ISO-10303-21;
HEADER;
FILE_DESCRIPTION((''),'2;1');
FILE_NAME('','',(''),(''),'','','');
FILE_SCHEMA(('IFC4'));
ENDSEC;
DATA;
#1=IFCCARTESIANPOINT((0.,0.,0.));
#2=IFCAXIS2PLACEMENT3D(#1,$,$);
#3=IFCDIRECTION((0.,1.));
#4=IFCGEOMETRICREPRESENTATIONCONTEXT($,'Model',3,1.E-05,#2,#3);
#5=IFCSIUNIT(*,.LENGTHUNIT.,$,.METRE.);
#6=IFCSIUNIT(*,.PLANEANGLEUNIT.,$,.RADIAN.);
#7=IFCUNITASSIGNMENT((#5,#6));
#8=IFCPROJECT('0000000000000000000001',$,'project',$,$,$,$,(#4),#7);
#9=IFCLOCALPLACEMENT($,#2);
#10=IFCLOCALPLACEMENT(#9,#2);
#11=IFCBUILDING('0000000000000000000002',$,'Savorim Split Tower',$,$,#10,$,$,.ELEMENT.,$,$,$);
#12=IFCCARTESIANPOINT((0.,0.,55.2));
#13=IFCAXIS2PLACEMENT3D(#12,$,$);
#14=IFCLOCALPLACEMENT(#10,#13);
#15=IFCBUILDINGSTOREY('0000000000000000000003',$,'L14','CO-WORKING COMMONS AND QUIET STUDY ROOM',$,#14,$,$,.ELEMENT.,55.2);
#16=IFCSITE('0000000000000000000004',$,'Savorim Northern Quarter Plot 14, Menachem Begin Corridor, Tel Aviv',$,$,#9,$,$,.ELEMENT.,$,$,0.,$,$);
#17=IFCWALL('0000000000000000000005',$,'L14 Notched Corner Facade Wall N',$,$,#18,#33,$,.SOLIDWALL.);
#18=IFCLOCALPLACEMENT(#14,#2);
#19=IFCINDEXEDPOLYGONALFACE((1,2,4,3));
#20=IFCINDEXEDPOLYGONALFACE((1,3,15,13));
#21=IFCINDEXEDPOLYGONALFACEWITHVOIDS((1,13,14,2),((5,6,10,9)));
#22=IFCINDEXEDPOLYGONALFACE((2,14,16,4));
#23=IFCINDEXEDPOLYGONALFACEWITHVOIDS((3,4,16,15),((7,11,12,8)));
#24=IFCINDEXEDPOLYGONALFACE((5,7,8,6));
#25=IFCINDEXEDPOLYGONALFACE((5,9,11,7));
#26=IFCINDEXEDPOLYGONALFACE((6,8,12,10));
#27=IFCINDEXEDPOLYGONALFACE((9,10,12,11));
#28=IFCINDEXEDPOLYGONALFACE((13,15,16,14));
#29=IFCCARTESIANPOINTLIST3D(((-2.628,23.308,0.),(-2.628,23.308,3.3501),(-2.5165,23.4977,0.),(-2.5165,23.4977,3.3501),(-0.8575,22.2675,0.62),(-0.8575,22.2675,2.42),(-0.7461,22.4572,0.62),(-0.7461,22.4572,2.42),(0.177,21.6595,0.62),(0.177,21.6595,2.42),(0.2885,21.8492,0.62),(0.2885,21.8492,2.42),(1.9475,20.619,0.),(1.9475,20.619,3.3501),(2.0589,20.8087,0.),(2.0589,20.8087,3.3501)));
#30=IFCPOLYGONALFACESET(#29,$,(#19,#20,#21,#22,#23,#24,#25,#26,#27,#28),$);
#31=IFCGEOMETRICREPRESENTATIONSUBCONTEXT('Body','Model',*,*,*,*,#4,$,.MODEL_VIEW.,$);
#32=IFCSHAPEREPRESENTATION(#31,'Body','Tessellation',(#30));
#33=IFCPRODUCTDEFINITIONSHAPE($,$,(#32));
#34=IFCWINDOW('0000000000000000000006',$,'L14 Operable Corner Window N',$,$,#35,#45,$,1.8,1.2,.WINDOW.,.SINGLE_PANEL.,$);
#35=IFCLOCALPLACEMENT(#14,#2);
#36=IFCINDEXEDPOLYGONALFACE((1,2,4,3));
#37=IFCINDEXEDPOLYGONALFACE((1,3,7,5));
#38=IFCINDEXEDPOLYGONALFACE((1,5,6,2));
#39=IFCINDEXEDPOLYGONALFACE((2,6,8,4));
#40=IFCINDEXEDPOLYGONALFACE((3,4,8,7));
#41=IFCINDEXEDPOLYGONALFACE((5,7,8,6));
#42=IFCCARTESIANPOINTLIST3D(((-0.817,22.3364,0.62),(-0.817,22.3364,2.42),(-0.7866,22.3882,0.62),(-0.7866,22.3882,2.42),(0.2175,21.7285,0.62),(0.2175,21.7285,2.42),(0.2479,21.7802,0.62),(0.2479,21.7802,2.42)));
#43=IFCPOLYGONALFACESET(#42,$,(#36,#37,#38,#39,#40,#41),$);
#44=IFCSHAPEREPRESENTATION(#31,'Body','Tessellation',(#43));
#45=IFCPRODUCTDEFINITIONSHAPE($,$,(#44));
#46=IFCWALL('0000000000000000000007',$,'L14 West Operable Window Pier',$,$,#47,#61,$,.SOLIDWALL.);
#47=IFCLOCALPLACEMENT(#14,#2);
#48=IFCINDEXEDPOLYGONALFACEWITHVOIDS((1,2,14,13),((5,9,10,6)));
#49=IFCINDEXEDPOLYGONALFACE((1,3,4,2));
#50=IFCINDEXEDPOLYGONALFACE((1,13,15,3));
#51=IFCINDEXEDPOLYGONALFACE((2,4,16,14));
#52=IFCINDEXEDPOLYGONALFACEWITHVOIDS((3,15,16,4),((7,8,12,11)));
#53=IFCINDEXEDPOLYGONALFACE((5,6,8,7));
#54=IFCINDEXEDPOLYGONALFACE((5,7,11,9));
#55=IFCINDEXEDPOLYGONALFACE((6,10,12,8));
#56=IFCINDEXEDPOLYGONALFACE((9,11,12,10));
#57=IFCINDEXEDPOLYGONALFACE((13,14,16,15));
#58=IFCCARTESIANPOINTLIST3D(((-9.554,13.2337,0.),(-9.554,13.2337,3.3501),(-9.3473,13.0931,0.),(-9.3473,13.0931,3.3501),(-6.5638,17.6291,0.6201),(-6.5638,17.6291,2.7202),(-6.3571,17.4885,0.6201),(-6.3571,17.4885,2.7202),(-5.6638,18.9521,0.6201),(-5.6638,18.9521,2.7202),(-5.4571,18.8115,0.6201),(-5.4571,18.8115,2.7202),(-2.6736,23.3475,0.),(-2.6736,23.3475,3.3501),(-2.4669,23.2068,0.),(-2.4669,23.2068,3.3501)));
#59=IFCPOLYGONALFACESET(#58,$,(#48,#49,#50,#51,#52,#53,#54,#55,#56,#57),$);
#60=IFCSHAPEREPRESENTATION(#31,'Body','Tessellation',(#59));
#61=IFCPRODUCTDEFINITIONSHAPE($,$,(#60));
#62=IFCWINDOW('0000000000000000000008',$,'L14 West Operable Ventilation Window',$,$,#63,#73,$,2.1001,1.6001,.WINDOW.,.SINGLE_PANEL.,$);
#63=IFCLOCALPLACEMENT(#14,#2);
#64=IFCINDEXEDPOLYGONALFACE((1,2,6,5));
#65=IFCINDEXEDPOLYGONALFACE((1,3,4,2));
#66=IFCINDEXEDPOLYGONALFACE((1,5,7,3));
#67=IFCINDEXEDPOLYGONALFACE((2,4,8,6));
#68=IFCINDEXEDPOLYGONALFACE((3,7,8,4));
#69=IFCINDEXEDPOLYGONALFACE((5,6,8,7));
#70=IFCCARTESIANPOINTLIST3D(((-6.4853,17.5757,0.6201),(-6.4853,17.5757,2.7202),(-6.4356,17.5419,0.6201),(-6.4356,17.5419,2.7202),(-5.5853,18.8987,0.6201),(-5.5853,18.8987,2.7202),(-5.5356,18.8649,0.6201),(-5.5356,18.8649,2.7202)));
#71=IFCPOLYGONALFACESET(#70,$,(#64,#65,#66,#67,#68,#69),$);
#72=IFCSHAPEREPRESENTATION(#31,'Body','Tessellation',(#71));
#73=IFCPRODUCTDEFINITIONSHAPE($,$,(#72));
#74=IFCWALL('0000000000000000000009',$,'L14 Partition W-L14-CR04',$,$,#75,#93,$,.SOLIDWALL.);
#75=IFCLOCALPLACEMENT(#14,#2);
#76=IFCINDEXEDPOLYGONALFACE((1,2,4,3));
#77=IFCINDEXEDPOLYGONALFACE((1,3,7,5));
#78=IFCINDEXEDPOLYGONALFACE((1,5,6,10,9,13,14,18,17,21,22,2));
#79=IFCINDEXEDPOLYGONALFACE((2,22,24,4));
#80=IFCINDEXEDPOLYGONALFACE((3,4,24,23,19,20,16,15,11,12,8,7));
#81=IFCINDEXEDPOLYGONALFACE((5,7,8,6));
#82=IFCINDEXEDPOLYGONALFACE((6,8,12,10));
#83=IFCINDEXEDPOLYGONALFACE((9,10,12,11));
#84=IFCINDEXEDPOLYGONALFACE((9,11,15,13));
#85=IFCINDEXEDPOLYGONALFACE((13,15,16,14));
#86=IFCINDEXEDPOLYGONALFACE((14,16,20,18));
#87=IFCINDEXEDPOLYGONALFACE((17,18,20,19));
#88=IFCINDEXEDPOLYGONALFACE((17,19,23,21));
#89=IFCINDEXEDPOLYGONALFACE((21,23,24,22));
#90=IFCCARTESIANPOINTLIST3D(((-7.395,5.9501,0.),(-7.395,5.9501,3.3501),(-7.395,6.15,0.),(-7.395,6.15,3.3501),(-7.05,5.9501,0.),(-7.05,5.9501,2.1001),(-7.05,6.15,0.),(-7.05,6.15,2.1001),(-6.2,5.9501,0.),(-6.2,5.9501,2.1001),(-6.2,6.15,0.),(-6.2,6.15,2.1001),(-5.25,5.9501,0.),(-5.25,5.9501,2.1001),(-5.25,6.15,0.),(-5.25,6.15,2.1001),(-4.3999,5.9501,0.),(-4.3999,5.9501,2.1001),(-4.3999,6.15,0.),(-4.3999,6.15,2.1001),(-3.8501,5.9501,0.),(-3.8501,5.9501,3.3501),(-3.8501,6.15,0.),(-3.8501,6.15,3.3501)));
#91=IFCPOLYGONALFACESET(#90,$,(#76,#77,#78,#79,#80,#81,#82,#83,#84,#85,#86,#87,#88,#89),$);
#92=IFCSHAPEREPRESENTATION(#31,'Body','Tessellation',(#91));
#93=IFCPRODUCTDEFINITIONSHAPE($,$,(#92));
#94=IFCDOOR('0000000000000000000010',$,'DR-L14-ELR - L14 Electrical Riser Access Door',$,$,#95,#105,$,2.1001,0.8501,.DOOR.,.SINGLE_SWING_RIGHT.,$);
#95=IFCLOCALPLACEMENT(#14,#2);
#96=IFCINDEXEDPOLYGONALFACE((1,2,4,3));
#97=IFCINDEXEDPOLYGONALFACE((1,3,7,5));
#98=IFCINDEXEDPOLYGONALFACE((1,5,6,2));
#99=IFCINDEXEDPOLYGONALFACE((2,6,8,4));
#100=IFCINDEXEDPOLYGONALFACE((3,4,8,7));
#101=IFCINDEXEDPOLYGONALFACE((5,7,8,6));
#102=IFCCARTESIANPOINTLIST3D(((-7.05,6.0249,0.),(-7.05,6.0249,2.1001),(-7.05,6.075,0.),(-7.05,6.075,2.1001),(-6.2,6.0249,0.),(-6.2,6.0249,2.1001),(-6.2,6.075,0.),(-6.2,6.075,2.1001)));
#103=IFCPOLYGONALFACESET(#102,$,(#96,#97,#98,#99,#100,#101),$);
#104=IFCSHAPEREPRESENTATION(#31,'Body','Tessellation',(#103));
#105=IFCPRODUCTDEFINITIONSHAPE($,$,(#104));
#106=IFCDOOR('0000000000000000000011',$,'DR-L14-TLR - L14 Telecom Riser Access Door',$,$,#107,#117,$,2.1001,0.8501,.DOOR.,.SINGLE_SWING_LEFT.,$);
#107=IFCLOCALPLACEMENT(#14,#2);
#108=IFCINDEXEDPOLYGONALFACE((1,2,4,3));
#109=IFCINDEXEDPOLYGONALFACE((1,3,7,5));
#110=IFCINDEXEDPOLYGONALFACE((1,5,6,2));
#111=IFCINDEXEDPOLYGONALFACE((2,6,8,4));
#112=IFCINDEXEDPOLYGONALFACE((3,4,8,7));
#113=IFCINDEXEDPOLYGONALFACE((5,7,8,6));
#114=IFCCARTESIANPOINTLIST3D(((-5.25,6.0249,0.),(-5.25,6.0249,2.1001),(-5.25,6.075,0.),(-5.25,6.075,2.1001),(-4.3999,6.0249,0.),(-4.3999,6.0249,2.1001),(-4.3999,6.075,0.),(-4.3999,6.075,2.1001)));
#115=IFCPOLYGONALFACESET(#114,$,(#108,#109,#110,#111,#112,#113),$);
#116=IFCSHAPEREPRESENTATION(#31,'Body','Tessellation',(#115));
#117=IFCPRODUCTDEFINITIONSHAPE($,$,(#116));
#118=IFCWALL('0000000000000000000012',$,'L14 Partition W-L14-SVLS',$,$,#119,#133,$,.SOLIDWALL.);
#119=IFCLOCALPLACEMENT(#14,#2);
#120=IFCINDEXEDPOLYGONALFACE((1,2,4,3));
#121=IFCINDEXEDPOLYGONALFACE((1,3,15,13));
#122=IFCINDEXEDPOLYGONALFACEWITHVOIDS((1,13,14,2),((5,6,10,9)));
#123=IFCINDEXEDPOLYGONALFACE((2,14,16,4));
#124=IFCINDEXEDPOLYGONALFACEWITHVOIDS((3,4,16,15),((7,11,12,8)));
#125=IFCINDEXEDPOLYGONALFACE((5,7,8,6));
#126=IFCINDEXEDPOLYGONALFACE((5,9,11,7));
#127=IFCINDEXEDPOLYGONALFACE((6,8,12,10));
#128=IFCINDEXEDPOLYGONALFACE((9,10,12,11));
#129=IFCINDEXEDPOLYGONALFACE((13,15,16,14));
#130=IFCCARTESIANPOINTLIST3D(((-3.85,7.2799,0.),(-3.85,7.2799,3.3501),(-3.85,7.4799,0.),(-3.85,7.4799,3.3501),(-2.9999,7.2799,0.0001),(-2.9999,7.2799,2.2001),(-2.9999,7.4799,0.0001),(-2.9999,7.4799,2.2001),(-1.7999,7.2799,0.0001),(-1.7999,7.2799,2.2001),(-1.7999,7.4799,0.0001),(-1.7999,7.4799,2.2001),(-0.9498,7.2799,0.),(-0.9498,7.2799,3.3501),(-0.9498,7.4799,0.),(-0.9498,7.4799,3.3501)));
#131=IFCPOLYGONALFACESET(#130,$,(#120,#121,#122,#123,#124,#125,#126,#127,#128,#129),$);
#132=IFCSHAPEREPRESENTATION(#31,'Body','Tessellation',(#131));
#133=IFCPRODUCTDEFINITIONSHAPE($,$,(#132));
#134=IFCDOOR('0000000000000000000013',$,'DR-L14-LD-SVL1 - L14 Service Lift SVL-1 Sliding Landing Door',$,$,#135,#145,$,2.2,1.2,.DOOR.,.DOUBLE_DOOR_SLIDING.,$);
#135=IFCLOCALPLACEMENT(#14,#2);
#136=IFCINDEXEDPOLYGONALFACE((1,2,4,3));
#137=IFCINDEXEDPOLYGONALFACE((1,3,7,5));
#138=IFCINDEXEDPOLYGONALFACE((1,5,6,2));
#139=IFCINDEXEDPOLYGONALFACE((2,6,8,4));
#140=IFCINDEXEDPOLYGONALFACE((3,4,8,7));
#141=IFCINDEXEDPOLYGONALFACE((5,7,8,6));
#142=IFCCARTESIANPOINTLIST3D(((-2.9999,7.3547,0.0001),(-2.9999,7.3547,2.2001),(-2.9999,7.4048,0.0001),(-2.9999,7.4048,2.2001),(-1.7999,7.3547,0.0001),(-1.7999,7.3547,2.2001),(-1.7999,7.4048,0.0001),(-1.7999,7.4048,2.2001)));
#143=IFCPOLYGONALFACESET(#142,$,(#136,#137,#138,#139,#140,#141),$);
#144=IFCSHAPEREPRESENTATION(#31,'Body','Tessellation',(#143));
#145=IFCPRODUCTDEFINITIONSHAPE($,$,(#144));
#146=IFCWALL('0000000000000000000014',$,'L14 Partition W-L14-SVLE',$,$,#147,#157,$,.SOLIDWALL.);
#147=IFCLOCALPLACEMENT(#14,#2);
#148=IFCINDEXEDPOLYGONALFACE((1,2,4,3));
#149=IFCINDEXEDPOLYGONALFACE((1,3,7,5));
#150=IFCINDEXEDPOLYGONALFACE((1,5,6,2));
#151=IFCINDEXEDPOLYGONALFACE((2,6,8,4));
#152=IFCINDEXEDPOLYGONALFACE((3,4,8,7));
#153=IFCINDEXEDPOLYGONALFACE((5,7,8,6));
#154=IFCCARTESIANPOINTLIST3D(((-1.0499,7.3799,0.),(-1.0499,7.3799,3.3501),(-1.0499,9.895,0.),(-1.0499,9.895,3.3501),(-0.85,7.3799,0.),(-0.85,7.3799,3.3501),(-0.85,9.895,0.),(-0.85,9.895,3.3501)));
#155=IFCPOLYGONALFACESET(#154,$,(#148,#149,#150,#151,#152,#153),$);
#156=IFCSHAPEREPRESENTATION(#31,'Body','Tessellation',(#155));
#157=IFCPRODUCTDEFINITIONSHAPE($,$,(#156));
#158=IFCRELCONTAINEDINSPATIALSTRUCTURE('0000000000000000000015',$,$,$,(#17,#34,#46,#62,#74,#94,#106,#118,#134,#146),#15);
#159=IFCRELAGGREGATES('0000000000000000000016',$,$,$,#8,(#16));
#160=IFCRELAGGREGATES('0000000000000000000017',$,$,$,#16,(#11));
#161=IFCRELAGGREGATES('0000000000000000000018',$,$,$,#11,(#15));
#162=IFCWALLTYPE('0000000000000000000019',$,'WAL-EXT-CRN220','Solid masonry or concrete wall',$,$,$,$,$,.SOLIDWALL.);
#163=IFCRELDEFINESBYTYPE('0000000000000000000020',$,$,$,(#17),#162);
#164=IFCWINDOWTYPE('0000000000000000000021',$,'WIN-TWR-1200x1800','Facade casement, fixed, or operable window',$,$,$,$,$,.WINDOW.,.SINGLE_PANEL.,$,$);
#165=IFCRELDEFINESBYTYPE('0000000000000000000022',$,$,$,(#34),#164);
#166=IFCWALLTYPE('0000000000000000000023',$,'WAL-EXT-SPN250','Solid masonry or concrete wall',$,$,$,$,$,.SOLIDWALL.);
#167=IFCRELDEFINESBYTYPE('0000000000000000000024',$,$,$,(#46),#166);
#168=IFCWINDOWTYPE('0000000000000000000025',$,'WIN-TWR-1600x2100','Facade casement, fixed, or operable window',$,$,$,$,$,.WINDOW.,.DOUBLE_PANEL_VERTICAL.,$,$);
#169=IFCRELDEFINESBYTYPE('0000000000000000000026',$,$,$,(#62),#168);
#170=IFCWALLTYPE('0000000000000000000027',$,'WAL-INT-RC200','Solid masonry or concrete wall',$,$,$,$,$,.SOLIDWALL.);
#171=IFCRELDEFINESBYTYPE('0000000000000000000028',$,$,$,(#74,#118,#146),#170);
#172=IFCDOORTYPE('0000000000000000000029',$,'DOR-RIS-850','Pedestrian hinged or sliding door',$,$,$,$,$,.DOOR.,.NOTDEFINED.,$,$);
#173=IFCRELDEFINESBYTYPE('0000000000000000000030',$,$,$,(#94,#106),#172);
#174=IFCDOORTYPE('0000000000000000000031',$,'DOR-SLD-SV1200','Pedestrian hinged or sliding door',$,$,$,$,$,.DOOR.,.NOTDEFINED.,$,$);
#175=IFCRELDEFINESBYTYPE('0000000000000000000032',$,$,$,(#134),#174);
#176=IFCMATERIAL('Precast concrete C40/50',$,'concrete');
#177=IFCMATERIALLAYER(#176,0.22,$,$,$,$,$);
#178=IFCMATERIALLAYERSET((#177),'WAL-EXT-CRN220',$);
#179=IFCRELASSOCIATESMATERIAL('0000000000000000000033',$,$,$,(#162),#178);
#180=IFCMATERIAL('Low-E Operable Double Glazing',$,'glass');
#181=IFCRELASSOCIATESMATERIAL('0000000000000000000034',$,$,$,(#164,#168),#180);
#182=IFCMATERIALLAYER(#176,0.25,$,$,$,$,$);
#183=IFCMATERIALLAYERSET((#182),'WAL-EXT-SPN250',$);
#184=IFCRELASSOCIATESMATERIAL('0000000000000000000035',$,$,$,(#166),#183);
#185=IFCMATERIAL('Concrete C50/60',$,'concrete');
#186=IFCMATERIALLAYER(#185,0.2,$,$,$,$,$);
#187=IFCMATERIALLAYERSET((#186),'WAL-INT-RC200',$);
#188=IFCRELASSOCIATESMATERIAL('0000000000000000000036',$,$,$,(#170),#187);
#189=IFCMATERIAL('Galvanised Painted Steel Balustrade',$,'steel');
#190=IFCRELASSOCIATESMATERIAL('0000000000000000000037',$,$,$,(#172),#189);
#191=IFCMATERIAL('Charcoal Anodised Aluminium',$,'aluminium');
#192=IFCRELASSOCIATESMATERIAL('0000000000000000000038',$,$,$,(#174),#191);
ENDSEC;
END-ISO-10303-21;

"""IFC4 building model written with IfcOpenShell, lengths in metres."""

from ifc_helpers import new_model, si_unit, direction, frame, frame_2d, origin, place, context, subcontext, project, spatial, rectangle, extrude, material, layer, layer_set, type_object, element, fill, save


model = new_model("IFC4")

# Units and contexts
model_context = context("Model", 3, precision=1e-05, world=origin(), true_north=direction((0.0, 1.0)))
body_context = subcontext(model_context, "Body", "Model", "MODEL_VIEW")
ifc_project = project(units=[si_unit("LENGTHUNIT", "METRE"), si_unit("PLANEANGLEUNIT", "RADIAN")], contexts=[model_context])

# Site, building, storey
site_placement = place(None, origin())
site = spatial("IfcSite", under=ifc_project, at=site_placement, Name="Savorim Northern Quarter Plot 14, Menachem Begin Corridor, Tel Aviv", CompositionType="ELEMENT", RefElevation=0.0)
building_placement = place(site_placement, origin())
building = spatial("IfcBuilding", under=site, at=building_placement, Name="Savorim Split Tower", CompositionType="ELEMENT")
storey_placement = place(building_placement, frame((0.0, 0.0, 55.2)))
storey = spatial("IfcBuildingStorey", under=building, at=storey_placement, Name="L14", Description="CO-WORKING COMMONS AND QUIET STUDY ROOM", CompositionType="ELEMENT", Elevation=55.2)

# Shared definitions
ifc_material_1 = material(Name="Charcoal Anodised Aluminium", Category="aluminium")

# Walls, openings, windows
ifc_material_2 = material(Name="Precast concrete C40/50", Category="concrete")
ifc_layer_1 = layer(ifc_material_2, 0.22)
ifc_layer_set_1 = layer_set([ifc_layer_1], Name="WAL-EXT-CRN220")
wall_type_1 = type_object("IfcWallType", Name="WAL-EXT-CRN220", Description="Solid masonry or concrete wall", PredefinedType="SOLIDWALL", material=ifc_layer_set_1)
wall_1_placement = place(storey_placement, frame((-2.5723, 23.4028, 0.0), z_axis=(0.0, 0.0, 1.0), x_axis=(0.862138, -0.506674, 0.0)))
wall_1 = element("IfcWall", 1, at=wall_1_placement, inside=storey, type_object=wall_type_1, Name="L14 Notched Corner Facade Wall N", PredefinedType="SOLIDWALL", context=body_context, shape_type="SweptSolid", body=[
    extrude(rectangle(XDim=5.3071, YDim=0.22, at=frame_2d((2.6536, 0.0))), origin(), (0.0, 0.0, 1.0), 3.3501),
])
opening_1_placement = place(wall_1_placement, frame((2.0535, 0.0, 0.6201)))
opening_1 = element("IfcOpeningElement", 2, at=opening_1_placement, cuts=wall_1, PredefinedType="OPENING", context=body_context, shape_type="SweptSolid", body=[
    extrude(rectangle(XDim=1.2, YDim=1.8, at=frame_2d((0.6001, 0.8999))), frame((0.0, 0.1199, 0.0), z_axis=(0.0, -1.0, 0.0), x_axis=(1.0, 0.0, 0.0)), (0.0, 0.0, 1.0), 0.24),
])
ifc_material_3 = material(Name="Low-E Operable Double Glazing", Category="glass")
window_type_1 = type_object("IfcWindowType", Name="WIN-TWR-1200x1800", Description="Facade casement, fixed, or operable window", PartitioningType="SINGLE_PANEL", PredefinedType="WINDOW", material=ifc_material_3)
window_1_placement = place(opening_1_placement, origin())
window_1 = element("IfcWindow", 3, at=window_1_placement, inside=storey, type_object=window_type_1, Name="L14 Operable Corner Window N", OverallHeight=1.8, OverallWidth=1.2, PartitioningType="SINGLE_PANEL", PredefinedType="WINDOW", context=body_context, shape_type="SweptSolid", body=[
    extrude(rectangle(XDim=1.2, YDim=1.8, at=frame_2d((0.6001, 0.8999))), frame((0.0, 0.03, 0.0), z_axis=(0.0, -1.0, 0.0), x_axis=(1.0, 0.0, 0.0)), (0.0, 0.0, 1.0), 0.0601),
])
fill(opening_1, window_1)
ifc_layer_2 = layer(ifc_material_2, 0.25)
ifc_layer_set_2 = layer_set([ifc_layer_2], Name="WAL-EXT-SPN250")
wall_type_2 = type_object("IfcWallType", Name="WAL-EXT-SPN250", Description="Solid masonry or concrete wall", PredefinedType="SOLIDWALL", material=ifc_layer_set_2)
wall_2_placement = place(storey_placement, frame((-9.4507, 13.1633, 0.0), z_axis=(0.0, 0.0, 1.0), x_axis=(0.562478, 0.826812, 0.0)))
wall_2 = element("IfcWall", 4, at=wall_2_placement, inside=storey, type_object=wall_type_2, Name="L14 West Operable Window Pier", PredefinedType="SOLIDWALL", context=body_context, shape_type="SweptSolid", body=[
    extrude(rectangle(XDim=12.2322, YDim=0.25, at=frame_2d((6.1162, 0.0))), origin(), (0.0, 0.0, 1.0), 3.3501),
])
opening_2_placement = place(wall_2_placement, frame((5.3162, 0.0, 0.6201)))
opening_2 = element("IfcOpeningElement", 5, at=opening_2_placement, cuts=wall_2, PredefinedType="OPENING", context=body_context, shape_type="SweptSolid", body=[
    extrude(rectangle(XDim=1.6001, YDim=2.1001, at=frame_2d((0.8, 1.05))), frame((0.0, 0.135, 0.0), z_axis=(0.0, -1.0, 0.0), x_axis=(1.0, 0.0, 0.0)), (0.0, 0.0, 1.0), 0.27),
])
window_type_2 = type_object("IfcWindowType", Name="WIN-TWR-1600x2100", Description="Facade casement, fixed, or operable window", PartitioningType="DOUBLE_PANEL_VERTICAL", PredefinedType="WINDOW", material=ifc_material_3)
window_2_placement = place(opening_2_placement, origin())
window_2 = element("IfcWindow", 6, at=window_2_placement, inside=storey, type_object=window_type_2, Name="L14 West Operable Ventilation Window", OverallHeight=2.1001, OverallWidth=1.6001, PartitioningType="SINGLE_PANEL", PredefinedType="WINDOW", context=body_context, shape_type="SweptSolid", body=[
    extrude(rectangle(XDim=1.6001, YDim=2.1001, at=frame_2d((0.8, 1.05))), frame((0.0, 0.03, 0.0), z_axis=(0.0, -1.0, 0.0), x_axis=(1.0, 0.0, 0.0)), (0.0, 0.0, 1.0), 0.0601),
])
fill(opening_2, window_2)

# Wall, openings, doors
ifc_material_4 = material(Name="Concrete C50/60", Category="concrete")
ifc_layer_3 = layer(ifc_material_4, 0.2)
ifc_layer_set_3 = layer_set([ifc_layer_3], Name="WAL-INT-RC200")
wall_type_3 = type_object("IfcWallType", Name="WAL-INT-RC200", Description="Solid masonry or concrete wall", PredefinedType="SOLIDWALL", material=ifc_layer_set_3)
wall_3_placement = place(storey_placement, frame((-7.395, 6.05, 0.0), z_axis=(0.0, 0.0, 1.0), x_axis=(1.0, 0.0, 0.0)))
wall_3 = element("IfcWall", 7, at=wall_3_placement, inside=storey, type_object=wall_type_3, Name="L14 Partition W-L14-CR04", PredefinedType="SOLIDWALL", context=body_context, shape_type="SweptSolid", body=[
    extrude(rectangle(XDim=3.5449, YDim=0.2, at=frame_2d((1.7725, 0.0))), origin(), (0.0, 0.0, 1.0), 3.3501),
])
opening_3_placement = place(wall_3_placement, frame((0.345, 0.0, 0.0)))
opening_3 = element("IfcOpeningElement", 8, at=opening_3_placement, cuts=wall_3, PredefinedType="OPENING", context=body_context, shape_type="SweptSolid", body=[
    extrude(rectangle(XDim=0.8501, YDim=2.1001, at=frame_2d((0.425, 1.05))), frame((0.0, 0.1099, 0.0), z_axis=(0.0, -1.0, 0.0), x_axis=(1.0, 0.0, 0.0)), (0.0, 0.0, 1.0), 0.22),
])
opening_4_placement = place(wall_3_placement, frame((2.145, 0.0, 0.0)))
opening_4 = element("IfcOpeningElement", 9, at=opening_4_placement, cuts=wall_3, PredefinedType="OPENING", context=body_context, shape_type="SweptSolid", body=[
    extrude(rectangle(XDim=0.8501, YDim=2.1001, at=frame_2d((0.425, 1.05))), frame((0.0, 0.1099, 0.0), z_axis=(0.0, -1.0, 0.0), x_axis=(1.0, 0.0, 0.0)), (0.0, 0.0, 1.0), 0.22),
])
ifc_material_5 = material(Name="Galvanised Painted Steel Balustrade", Category="steel")
door_type_1 = type_object("IfcDoorType", Name="DOR-RIS-850", Description="Pedestrian hinged or sliding door", OperationType="NOTDEFINED", PredefinedType="DOOR", material=ifc_material_5)
door_1_placement = place(opening_3_placement, origin())
door_1 = element("IfcDoor", 10, at=door_1_placement, inside=storey, type_object=door_type_1, Name="DR-L14-ELR - L14 Electrical Riser Access Door", OperationType="SINGLE_SWING_RIGHT", OverallHeight=2.1001, OverallWidth=0.8501, PredefinedType="DOOR", context=body_context, shape_type="SweptSolid", body=[
    extrude(rectangle(XDim=0.8501, YDim=2.1001, at=frame_2d((0.425, 1.05))), frame((0.0, 0.0249, 0.0), z_axis=(0.0, -1.0, 0.0), x_axis=(1.0, 0.0, 0.0)), (0.0, 0.0, 1.0), 0.05),
])
fill(opening_3, door_1)
door_2_placement = place(opening_4_placement, origin())
door_2 = element("IfcDoor", 11, at=door_2_placement, inside=storey, type_object=door_type_1, Name="DR-L14-TLR - L14 Telecom Riser Access Door", OperationType="SINGLE_SWING_LEFT", OverallHeight=2.1001, OverallWidth=0.8501, PredefinedType="DOOR", context=body_context, shape_type="SweptSolid", body=[
    extrude(rectangle(XDim=0.8501, YDim=2.1001, at=frame_2d((0.425, 1.05))), frame((0.0, 0.0249, 0.0), z_axis=(0.0, -1.0, 0.0), x_axis=(1.0, 0.0, 0.0)), (0.0, 0.0, 1.0), 0.05),
])
fill(opening_4, door_2)

# Wall, opening, door
wall_4_placement = place(storey_placement, frame((-3.8501, 7.3799, 0.0), z_axis=(0.0, 0.0, 1.0), x_axis=(1.0, 0.0, 0.0)))
wall_4 = element("IfcWall", 12, at=wall_4_placement, inside=storey, type_object=wall_type_3, Name="L14 Partition W-L14-SVLS", PredefinedType="SOLIDWALL", context=body_context, shape_type="SweptSolid", body=[
    extrude(rectangle(XDim=2.9001, YDim=0.2, at=frame_2d((1.4502, 0.0))), origin(), (0.0, 0.0, 1.0), 3.3501),
])
opening_5_placement = place(wall_4_placement, frame((0.8501, 0.0, 0.0)))
opening_5 = element("IfcOpeningElement", 13, at=opening_5_placement, cuts=wall_4, PredefinedType="OPENING", context=body_context, shape_type="SweptSolid", body=[
    extrude(rectangle(XDim=1.2, YDim=2.2, at=frame_2d((0.6001, 1.1001))), frame((0.0, 0.1099, 0.0), z_axis=(0.0, -1.0, 0.0), x_axis=(1.0, 0.0, 0.0)), (0.0, 0.0, 1.0), 0.22),
])
door_type_2 = type_object("IfcDoorType", Name="DOR-SLD-SV1200", Description="Pedestrian hinged or sliding door", OperationType="NOTDEFINED", PredefinedType="DOOR", material=ifc_material_1)
door_3_placement = place(opening_5_placement, origin())
door_3 = element("IfcDoor", 14, at=door_3_placement, inside=storey, type_object=door_type_2, Name="DR-L14-LD-SVL1 - L14 Service Lift SVL-1 Sliding Landing Door", OperationType="DOUBLE_DOOR_SLIDING", OverallHeight=2.2, OverallWidth=1.2, PredefinedType="DOOR", context=body_context, shape_type="SweptSolid", body=[
    extrude(rectangle(XDim=1.2, YDim=2.2, at=frame_2d((0.6001, 1.1001))), frame((0.0, 0.0249, 0.0), z_axis=(0.0, -1.0, 0.0), x_axis=(1.0, 0.0, 0.0)), (0.0, 0.0, 1.0), 0.05),
])
fill(opening_5, door_3)

# Wall
wall_5_placement = place(storey_placement, frame((-0.95, 7.3799, 0.0), z_axis=(0.0, 0.0, 1.0), x_axis=(0.0, 1.0, 0.0)))
element("IfcWall", 15, at=wall_5_placement, inside=storey, type_object=wall_type_3, Name="L14 Partition W-L14-SVLE", PredefinedType="SOLIDWALL", context=body_context, shape_type="SweptSolid", body=[
    extrude(rectangle(XDim=2.5151, YDim=0.2, at=frame_2d((1.2576, 0.0))), origin(), (0.0, 0.0, 1.0), 3.3501),
])

save(model, "model.ifc")
